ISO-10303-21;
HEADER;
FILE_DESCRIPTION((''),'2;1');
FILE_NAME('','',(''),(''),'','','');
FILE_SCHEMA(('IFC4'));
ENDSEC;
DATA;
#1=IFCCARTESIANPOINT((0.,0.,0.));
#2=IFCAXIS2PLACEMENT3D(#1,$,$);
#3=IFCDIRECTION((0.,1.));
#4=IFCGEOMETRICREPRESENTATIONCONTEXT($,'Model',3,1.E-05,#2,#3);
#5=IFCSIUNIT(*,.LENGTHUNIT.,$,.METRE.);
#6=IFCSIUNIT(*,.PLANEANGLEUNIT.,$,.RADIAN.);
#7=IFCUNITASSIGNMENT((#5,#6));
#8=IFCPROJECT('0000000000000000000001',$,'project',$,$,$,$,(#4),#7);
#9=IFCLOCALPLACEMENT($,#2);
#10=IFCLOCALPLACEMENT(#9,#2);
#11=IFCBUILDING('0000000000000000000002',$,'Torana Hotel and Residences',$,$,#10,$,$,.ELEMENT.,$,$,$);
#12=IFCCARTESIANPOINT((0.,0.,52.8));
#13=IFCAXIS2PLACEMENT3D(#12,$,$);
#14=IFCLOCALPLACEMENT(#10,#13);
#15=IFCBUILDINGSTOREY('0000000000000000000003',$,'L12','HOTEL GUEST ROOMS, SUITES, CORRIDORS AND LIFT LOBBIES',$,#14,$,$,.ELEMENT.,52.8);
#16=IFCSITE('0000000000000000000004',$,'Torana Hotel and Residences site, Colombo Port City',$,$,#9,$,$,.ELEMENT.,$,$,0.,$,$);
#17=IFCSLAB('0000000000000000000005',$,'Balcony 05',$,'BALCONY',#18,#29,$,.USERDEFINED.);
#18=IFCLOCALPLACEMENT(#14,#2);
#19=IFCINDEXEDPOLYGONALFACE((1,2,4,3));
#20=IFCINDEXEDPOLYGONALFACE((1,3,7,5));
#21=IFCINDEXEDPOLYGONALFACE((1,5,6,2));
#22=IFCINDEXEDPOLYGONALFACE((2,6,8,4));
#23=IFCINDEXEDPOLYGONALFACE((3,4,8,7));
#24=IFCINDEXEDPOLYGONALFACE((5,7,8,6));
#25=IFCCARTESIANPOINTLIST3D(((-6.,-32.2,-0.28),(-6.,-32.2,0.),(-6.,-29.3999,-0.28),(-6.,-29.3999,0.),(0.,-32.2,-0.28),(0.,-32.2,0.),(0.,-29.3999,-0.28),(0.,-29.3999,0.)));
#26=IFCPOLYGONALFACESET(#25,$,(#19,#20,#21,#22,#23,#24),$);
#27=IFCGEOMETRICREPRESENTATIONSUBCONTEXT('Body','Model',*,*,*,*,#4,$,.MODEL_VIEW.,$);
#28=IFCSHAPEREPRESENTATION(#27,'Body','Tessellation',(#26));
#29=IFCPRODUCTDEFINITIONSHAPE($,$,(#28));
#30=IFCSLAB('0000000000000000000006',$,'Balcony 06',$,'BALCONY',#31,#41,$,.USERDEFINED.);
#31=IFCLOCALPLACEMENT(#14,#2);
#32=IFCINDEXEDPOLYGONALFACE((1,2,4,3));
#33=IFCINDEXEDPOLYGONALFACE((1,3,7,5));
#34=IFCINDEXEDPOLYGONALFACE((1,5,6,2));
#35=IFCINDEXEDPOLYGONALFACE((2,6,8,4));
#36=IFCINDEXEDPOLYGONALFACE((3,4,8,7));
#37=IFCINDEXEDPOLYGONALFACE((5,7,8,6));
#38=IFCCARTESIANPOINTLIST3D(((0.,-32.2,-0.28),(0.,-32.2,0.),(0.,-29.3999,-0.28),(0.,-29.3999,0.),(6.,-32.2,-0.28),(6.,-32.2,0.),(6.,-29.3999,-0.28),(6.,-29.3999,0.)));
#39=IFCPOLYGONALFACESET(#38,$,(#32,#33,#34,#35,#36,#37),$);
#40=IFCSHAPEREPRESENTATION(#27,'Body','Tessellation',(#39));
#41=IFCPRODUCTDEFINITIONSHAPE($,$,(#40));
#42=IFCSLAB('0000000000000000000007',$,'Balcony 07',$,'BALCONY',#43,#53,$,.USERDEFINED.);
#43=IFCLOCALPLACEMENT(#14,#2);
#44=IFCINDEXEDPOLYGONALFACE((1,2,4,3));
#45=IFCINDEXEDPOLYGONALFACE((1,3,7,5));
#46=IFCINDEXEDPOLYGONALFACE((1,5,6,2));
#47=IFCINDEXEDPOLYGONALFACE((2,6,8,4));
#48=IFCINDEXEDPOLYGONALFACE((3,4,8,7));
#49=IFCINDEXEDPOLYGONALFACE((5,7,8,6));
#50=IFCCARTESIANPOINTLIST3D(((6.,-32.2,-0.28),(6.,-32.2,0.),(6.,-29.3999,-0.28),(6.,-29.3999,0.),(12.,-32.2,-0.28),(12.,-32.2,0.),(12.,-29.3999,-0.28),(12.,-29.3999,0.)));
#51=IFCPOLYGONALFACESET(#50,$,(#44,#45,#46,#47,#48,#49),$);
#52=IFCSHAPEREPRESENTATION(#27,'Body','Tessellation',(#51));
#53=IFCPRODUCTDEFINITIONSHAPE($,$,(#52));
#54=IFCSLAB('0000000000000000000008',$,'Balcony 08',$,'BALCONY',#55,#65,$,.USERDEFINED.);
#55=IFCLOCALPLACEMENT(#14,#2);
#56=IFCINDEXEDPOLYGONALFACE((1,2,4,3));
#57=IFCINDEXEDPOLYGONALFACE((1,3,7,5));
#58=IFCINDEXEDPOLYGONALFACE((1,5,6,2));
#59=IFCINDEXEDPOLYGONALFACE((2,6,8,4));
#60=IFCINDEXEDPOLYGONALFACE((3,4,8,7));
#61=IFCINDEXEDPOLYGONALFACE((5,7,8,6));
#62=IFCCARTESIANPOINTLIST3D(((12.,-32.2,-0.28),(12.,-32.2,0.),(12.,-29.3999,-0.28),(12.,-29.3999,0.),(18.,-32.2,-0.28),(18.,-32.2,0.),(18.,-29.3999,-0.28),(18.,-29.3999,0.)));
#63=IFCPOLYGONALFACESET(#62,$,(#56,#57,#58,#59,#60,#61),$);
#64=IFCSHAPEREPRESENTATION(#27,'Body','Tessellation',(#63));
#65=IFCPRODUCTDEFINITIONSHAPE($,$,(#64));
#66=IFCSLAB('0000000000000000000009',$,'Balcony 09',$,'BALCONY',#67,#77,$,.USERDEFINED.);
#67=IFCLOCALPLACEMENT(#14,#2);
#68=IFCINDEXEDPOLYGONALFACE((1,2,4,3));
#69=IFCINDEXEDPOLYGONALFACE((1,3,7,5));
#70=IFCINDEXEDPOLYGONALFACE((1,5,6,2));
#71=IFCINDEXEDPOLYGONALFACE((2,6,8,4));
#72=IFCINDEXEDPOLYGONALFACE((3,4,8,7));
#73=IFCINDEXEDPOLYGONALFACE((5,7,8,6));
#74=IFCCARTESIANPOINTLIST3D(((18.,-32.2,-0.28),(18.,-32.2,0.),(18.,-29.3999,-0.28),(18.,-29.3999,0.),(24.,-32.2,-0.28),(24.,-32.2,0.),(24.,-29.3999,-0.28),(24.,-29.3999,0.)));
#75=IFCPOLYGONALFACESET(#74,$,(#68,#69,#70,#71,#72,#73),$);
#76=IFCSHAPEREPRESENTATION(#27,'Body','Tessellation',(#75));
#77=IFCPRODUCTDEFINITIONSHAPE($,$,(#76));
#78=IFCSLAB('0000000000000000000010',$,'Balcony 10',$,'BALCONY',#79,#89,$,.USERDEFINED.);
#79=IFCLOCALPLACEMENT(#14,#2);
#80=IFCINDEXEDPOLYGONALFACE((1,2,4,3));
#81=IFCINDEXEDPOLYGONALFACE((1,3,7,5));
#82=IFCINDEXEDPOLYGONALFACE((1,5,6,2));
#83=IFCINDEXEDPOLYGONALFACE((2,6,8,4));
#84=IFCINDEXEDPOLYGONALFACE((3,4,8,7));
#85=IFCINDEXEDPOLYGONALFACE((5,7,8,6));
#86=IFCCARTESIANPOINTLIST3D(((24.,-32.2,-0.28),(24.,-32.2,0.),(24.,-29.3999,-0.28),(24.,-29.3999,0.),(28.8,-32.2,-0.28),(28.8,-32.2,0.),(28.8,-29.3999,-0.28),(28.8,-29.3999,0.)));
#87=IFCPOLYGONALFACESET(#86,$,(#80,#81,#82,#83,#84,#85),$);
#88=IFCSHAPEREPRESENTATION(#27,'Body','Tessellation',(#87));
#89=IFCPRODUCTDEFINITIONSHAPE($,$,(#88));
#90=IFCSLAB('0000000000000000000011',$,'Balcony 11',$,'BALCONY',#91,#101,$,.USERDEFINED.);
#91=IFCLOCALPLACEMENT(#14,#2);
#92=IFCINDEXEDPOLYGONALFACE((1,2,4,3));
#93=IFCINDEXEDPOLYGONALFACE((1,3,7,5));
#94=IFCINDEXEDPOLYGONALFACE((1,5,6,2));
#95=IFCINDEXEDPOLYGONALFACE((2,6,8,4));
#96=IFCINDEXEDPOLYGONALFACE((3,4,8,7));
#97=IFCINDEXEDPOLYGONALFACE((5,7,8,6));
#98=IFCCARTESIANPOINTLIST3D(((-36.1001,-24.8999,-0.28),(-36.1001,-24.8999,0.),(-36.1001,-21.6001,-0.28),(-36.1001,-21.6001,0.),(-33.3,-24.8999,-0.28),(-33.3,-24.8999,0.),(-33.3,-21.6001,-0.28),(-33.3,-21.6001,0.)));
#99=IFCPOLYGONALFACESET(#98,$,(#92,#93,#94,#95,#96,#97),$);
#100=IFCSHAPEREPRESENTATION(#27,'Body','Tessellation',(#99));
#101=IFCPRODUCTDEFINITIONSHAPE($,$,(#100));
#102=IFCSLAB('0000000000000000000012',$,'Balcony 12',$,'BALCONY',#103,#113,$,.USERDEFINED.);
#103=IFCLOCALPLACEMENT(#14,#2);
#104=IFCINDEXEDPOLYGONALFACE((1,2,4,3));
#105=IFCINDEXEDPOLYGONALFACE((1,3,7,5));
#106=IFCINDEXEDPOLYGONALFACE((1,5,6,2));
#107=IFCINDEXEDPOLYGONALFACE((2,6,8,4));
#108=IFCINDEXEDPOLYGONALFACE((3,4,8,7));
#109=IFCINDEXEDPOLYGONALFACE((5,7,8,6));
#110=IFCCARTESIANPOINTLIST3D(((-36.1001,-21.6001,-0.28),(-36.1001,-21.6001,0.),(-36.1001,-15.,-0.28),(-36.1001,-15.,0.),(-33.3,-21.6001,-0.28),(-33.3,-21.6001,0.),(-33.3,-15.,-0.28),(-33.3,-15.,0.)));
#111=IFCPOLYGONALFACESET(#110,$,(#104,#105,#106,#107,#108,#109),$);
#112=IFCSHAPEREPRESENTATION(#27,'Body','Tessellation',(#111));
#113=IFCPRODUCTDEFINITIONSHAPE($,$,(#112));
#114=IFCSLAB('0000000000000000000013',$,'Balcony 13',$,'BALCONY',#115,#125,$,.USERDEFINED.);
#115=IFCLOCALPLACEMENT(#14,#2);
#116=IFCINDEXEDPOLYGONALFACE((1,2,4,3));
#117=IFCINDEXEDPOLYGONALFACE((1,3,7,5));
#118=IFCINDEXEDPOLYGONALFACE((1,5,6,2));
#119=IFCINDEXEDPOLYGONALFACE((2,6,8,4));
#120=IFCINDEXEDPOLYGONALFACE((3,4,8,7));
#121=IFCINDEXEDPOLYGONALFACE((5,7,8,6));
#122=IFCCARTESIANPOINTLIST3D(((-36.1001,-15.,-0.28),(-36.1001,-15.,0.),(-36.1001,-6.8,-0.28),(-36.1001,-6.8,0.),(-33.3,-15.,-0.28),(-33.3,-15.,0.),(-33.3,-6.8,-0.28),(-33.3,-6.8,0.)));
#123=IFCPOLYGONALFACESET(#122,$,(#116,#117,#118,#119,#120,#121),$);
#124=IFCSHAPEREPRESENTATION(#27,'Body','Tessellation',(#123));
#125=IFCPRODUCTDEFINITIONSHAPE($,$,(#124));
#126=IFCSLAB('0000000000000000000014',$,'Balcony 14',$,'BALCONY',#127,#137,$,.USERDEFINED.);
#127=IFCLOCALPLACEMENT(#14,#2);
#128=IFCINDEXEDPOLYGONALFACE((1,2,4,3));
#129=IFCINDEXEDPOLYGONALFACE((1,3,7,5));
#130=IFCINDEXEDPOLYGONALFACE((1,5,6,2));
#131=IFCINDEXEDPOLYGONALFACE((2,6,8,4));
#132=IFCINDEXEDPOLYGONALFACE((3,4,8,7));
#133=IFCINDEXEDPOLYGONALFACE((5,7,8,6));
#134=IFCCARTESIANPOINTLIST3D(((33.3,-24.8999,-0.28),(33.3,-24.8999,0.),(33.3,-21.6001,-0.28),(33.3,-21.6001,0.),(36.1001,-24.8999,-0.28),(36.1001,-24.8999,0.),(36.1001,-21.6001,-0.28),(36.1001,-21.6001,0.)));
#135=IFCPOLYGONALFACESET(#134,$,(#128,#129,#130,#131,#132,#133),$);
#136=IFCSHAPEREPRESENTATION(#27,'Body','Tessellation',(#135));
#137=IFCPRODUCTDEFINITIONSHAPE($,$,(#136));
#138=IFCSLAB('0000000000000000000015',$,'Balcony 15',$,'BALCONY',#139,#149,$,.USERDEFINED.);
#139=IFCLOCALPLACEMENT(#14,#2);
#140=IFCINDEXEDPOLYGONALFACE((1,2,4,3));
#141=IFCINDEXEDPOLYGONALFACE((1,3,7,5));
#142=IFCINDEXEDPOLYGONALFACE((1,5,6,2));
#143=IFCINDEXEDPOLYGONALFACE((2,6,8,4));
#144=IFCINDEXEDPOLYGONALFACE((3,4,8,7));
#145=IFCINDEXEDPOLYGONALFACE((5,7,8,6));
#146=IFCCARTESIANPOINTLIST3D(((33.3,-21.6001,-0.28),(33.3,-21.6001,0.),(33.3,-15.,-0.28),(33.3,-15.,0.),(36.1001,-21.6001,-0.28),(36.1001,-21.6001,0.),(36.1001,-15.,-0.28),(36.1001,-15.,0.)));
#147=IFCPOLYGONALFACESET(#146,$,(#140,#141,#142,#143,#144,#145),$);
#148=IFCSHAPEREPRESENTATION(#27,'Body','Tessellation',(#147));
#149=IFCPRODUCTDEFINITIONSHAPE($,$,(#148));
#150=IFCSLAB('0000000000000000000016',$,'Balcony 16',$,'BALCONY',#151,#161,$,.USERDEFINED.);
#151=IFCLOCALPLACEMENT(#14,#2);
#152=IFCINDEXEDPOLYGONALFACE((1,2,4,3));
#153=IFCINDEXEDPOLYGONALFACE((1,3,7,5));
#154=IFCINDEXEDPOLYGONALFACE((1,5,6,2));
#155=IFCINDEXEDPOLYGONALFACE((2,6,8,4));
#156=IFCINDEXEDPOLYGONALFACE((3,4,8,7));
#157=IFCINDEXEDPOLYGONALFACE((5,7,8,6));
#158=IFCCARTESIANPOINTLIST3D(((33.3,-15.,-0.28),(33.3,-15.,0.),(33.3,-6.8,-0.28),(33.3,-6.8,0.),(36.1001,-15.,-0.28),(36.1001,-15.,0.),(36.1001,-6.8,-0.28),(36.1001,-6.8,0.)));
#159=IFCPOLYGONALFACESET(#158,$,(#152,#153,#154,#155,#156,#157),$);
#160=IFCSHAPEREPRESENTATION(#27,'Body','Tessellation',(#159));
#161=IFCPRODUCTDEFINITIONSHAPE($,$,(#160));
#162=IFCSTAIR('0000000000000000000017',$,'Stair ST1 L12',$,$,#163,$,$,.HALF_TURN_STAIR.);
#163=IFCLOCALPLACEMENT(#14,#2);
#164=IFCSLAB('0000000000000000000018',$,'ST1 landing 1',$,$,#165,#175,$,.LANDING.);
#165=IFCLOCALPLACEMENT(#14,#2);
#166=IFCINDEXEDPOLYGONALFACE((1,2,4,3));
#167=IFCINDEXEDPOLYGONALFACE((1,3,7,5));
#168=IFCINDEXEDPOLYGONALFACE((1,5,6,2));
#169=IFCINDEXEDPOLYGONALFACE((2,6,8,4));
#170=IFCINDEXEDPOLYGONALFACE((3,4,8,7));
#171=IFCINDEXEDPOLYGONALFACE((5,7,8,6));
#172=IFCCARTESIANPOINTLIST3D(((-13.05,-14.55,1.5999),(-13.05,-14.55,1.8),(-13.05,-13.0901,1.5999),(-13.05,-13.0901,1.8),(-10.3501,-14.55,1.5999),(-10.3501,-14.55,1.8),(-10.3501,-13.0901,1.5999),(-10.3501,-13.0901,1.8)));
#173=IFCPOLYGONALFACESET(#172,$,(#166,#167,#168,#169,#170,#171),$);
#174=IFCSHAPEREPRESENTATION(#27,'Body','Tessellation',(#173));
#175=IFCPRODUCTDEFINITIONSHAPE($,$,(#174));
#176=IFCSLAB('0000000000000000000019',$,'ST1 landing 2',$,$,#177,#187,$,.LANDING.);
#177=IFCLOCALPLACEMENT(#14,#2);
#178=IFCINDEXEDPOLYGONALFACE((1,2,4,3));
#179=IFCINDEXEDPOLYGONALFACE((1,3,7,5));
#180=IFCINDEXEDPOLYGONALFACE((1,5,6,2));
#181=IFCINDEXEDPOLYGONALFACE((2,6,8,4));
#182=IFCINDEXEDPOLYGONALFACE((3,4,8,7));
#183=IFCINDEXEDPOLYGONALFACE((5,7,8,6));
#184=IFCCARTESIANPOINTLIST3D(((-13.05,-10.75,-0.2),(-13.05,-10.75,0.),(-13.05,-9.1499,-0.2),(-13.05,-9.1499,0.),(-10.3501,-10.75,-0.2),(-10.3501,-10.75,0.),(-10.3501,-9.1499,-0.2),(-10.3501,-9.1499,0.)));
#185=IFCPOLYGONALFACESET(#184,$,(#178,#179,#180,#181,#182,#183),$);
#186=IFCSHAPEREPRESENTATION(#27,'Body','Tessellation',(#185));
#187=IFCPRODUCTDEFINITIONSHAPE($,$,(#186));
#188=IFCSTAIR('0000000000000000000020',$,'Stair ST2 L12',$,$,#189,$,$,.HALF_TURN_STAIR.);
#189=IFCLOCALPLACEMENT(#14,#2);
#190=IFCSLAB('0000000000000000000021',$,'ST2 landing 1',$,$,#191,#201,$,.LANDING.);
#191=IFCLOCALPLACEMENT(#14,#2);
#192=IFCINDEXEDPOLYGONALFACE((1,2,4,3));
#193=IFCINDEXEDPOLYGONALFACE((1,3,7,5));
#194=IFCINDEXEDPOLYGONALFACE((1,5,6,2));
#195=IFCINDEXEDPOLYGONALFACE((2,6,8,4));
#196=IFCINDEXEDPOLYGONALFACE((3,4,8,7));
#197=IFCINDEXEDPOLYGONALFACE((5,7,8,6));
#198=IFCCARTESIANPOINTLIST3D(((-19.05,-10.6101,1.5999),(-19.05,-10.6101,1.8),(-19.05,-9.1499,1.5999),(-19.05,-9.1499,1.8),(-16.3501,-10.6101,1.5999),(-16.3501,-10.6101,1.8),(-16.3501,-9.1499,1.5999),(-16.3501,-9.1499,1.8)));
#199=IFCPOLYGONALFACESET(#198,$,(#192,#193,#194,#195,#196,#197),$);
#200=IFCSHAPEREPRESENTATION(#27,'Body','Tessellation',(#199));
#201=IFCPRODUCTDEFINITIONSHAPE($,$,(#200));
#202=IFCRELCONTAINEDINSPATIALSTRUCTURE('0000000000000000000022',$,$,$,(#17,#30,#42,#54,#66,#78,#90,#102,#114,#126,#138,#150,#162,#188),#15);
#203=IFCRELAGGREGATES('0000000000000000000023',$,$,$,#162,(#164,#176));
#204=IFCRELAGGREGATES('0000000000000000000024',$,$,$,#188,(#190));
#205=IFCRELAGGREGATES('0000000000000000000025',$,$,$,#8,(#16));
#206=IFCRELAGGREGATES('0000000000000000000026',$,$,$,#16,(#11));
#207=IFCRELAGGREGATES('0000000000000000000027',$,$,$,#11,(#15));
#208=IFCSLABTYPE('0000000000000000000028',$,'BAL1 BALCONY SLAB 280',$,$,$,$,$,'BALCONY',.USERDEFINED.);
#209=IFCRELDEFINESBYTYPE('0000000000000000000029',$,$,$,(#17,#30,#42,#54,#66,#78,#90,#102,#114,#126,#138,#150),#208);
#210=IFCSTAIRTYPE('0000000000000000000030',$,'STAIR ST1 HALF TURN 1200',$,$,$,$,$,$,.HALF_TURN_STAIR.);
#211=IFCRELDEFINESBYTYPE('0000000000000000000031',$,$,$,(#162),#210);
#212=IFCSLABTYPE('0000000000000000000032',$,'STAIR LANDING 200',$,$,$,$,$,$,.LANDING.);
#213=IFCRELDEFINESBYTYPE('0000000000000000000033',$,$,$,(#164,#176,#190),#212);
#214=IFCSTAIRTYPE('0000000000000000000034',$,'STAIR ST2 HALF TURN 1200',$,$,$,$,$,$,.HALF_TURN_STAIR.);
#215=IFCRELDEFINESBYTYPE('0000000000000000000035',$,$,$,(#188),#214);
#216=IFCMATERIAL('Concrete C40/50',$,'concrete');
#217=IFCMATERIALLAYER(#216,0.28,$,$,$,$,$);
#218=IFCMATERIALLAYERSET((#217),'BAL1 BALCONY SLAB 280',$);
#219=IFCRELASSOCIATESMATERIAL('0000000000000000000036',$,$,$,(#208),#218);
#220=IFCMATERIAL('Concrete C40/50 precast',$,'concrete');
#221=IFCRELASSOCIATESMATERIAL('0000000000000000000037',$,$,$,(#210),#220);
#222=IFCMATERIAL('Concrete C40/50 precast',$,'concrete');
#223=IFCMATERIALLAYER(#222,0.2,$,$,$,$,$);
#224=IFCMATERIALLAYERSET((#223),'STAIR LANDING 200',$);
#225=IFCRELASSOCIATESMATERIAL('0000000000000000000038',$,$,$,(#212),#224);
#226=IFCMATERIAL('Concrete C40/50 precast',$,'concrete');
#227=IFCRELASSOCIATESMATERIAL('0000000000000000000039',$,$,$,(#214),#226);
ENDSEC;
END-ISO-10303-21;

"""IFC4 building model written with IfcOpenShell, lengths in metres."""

from ifc_helpers import new_model, si_unit, direction, frame, origin, place, context, subcontext, project, spatial, polyline, outline, extrude, material, layer, layer_set, type_object, element, aggregate, save


model = new_model("IFC4")

# Units and contexts
model_context = context("Model", 3, precision=1e-05, world=origin(), true_north=direction((0.0, 1.0)))
body_context = subcontext(model_context, "Body", "Model", "MODEL_VIEW")
ifc_project = project(units=[si_unit("LENGTHUNIT", "METRE"), si_unit("PLANEANGLEUNIT", "RADIAN")], contexts=[model_context])

# Site, building, storey
site_placement = place(None, origin())
site = spatial("IfcSite", under=ifc_project, at=site_placement, Name="Torana Hotel and Residences site, Colombo Port City", CompositionType="ELEMENT", RefElevation=0.0)
building_placement = place(site_placement, origin())
building = spatial("IfcBuilding", under=site, at=building_placement, Name="Torana Hotel and Residences", CompositionType="ELEMENT")
storey_placement = place(building_placement, frame((0.0, 0.0, 52.8)))
storey = spatial("IfcBuildingStorey", under=building, at=storey_placement, Name="L12", Description="HOTEL GUEST ROOMS, SUITES, CORRIDORS AND LIFT LOBBIES", CompositionType="ELEMENT", Elevation=52.8)

# Slabs
ifc_material_1 = material(Name="Concrete C40/50", Category="concrete")
ifc_layer_1 = layer(ifc_material_1, 0.28)
ifc_layer_set_1 = layer_set([ifc_layer_1], Name="BAL1 BALCONY SLAB 280")
slab_type_1 = type_object("IfcSlabType", Name="BAL1 BALCONY SLAB 280", ElementType="BALCONY", PredefinedType="USERDEFINED", material=ifc_layer_set_1)
slab_1_placement = place(storey_placement, frame((0.0, 0.0, -0.28)))
element("IfcSlab", 1, at=slab_1_placement, inside=storey, type_object=slab_type_1, Name="Balcony 05", ObjectType="BALCONY", PredefinedType="USERDEFINED", context=body_context, shape_type="SweptSolid", body=[
    extrude(outline(polyline([(-6.0, -32.2), (0.0, -32.2), (0.0, -29.3999), (-6.0, -29.3999), (-6.0, -32.2)])), origin(), (0.0, 0.0, 1.0), 0.28),
])
slab_2_placement = place(storey_placement, frame((0.0, 0.0, -0.28)))
element("IfcSlab", 2, at=slab_2_placement, inside=storey, type_object=slab_type_1, Name="Balcony 06", ObjectType="BALCONY", PredefinedType="USERDEFINED", context=body_context, shape_type="SweptSolid", body=[
    extrude(outline(polyline([(0.0, -32.2), (6.0, -32.2), (6.0, -29.3999), (0.0, -29.3999), (0.0, -32.2)])), origin(), (0.0, 0.0, 1.0), 0.28),
])
slab_3_placement = place(storey_placement, frame((0.0, 0.0, -0.28)))
element("IfcSlab", 3, at=slab_3_placement, inside=storey, type_object=slab_type_1, Name="Balcony 07", ObjectType="BALCONY", PredefinedType="USERDEFINED", context=body_context, shape_type="SweptSolid", body=[
    extrude(outline(polyline([(6.0, -32.2), (12.0, -32.2), (12.0, -29.3999), (6.0, -29.3999), (6.0, -32.2)])), origin(), (0.0, 0.0, 1.0), 0.28),
])
slab_4_placement = place(storey_placement, frame((0.0, 0.0, -0.28)))
element("IfcSlab", 4, at=slab_4_placement, inside=storey, type_object=slab_type_1, Name="Balcony 08", ObjectType="BALCONY", PredefinedType="USERDEFINED", context=body_context, shape_type="SweptSolid", body=[
    extrude(outline(polyline([(12.0, -32.2), (18.0, -32.2), (18.0, -29.3999), (12.0, -29.3999), (12.0, -32.2)])), origin(), (0.0, 0.0, 1.0), 0.28),
])
slab_5_placement = place(storey_placement, frame((0.0, 0.0, -0.28)))
element("IfcSlab", 5, at=slab_5_placement, inside=storey, type_object=slab_type_1, Name="Balcony 09", ObjectType="BALCONY", PredefinedType="USERDEFINED", context=body_context, shape_type="SweptSolid", body=[
    extrude(outline(polyline([(18.0, -32.2), (24.0, -32.2), (24.0, -29.3999), (18.0, -29.3999), (18.0, -32.2)])), origin(), (0.0, 0.0, 1.0), 0.28),
])
slab_6_placement = place(storey_placement, frame((0.0, 0.0, -0.28)))
element("IfcSlab", 6, at=slab_6_placement, inside=storey, type_object=slab_type_1, Name="Balcony 10", ObjectType="BALCONY", PredefinedType="USERDEFINED", context=body_context, shape_type="SweptSolid", body=[
    extrude(outline(polyline([(24.0, -32.2), (28.8, -32.2), (28.8, -29.3999), (24.0, -29.3999), (24.0, -32.2)])), origin(), (0.0, 0.0, 1.0), 0.28),
])
slab_7_placement = place(storey_placement, frame((0.0, 0.0, -0.28)))
element("IfcSlab", 7, at=slab_7_placement, inside=storey, type_object=slab_type_1, Name="Balcony 11", ObjectType="BALCONY", PredefinedType="USERDEFINED", context=body_context, shape_type="SweptSolid", body=[
    extrude(outline(polyline([(-36.1001, -24.8999), (-33.3, -24.8999), (-33.3, -21.6001), (-36.1001, -21.6001), (-36.1001, -24.8999)])), origin(), (0.0, 0.0, 1.0), 0.28),
])
slab_8_placement = place(storey_placement, frame((0.0, 0.0, -0.28)))
element("IfcSlab", 8, at=slab_8_placement, inside=storey, type_object=slab_type_1, Name="Balcony 12", ObjectType="BALCONY", PredefinedType="USERDEFINED", context=body_context, shape_type="SweptSolid", body=[
    extrude(outline(polyline([(-36.1001, -21.6001), (-33.3, -21.6001), (-33.3, -15.0), (-36.1001, -15.0), (-36.1001, -21.6001)])), origin(), (0.0, 0.0, 1.0), 0.28),
])
slab_9_placement = place(storey_placement, frame((0.0, 0.0, -0.28)))
element("IfcSlab", 9, at=slab_9_placement, inside=storey, type_object=slab_type_1, Name="Balcony 13", ObjectType="BALCONY", PredefinedType="USERDEFINED", context=body_context, shape_type="SweptSolid", body=[
    extrude(outline(polyline([(-36.1001, -15.0), (-33.3, -15.0), (-33.3, -6.8), (-36.1001, -6.8), (-36.1001, -15.0)])), origin(), (0.0, 0.0, 1.0), 0.28),
])
slab_10_placement = place(storey_placement, frame((0.0, 0.0, -0.28)))
element("IfcSlab", 10, at=slab_10_placement, inside=storey, type_object=slab_type_1, Name="Balcony 14", ObjectType="BALCONY", PredefinedType="USERDEFINED", context=body_context, shape_type="SweptSolid", body=[
    extrude(outline(polyline([(33.3, -24.8999), (36.1001, -24.8999), (36.1001, -21.6001), (33.3, -21.6001), (33.3, -24.8999)])), origin(), (0.0, 0.0, 1.0), 0.28),
])
slab_11_placement = place(storey_placement, frame((0.0, 0.0, -0.28)))
element("IfcSlab", 11, at=slab_11_placement, inside=storey, type_object=slab_type_1, Name="Balcony 15", ObjectType="BALCONY", PredefinedType="USERDEFINED", context=body_context, shape_type="SweptSolid", body=[
    extrude(outline(polyline([(33.3, -21.6001), (36.1001, -21.6001), (36.1001, -15.0), (33.3, -15.0), (33.3, -21.6001)])), origin(), (0.0, 0.0, 1.0), 0.28),
])
slab_12_placement = place(storey_placement, frame((0.0, 0.0, -0.28)))
element("IfcSlab", 12, at=slab_12_placement, inside=storey, type_object=slab_type_1, Name="Balcony 16", ObjectType="BALCONY", PredefinedType="USERDEFINED", context=body_context, shape_type="SweptSolid", body=[
    extrude(outline(polyline([(33.3, -15.0), (36.1001, -15.0), (36.1001, -6.8), (33.3, -6.8), (33.3, -15.0)])), origin(), (0.0, 0.0, 1.0), 0.28),
])

# Stairs, slabs
ifc_material_2 = material(Name="Concrete C40/50 precast", Category="concrete")
stair_type_1 = type_object("IfcStairType", Name="STAIR ST1 HALF TURN 1200", PredefinedType="HALF_TURN_STAIR", material=ifc_material_2)
stair_1_placement = place(storey_placement, origin())
stair_1 = element("IfcStair", 13, at=stair_1_placement, inside=storey, type_object=stair_type_1, Name="Stair ST1 L12", PredefinedType="HALF_TURN_STAIR")
ifc_material_3 = material(Name="Concrete C40/50 precast", Category="concrete")
ifc_layer_2 = layer(ifc_material_3, 0.2)
ifc_layer_set_2 = layer_set([ifc_layer_2], Name="STAIR LANDING 200")
slab_type_2 = type_object("IfcSlabType", Name="STAIR LANDING 200", PredefinedType="LANDING", material=ifc_layer_set_2)
slab_13_placement = place(storey_placement, frame((0.0, 0.0, 1.5999)))
slab_13 = element("IfcSlab", 14, at=slab_13_placement, type_object=slab_type_2, Name="ST1 landing 1", PredefinedType="LANDING", context=body_context, shape_type="SweptSolid", body=[
    extrude(outline(polyline([(-13.05, -14.55), (-10.3501, -14.55), (-10.3501, -13.0901), (-13.05, -13.0901), (-13.05, -14.55)])), origin(), (0.0, 0.0, 1.0), 0.2002),
])
slab_14_placement = place(storey_placement, frame((0.0, 0.0, -0.2)))
slab_14 = element("IfcSlab", 15, at=slab_14_placement, type_object=slab_type_2, Name="ST1 landing 2", PredefinedType="LANDING", context=body_context, shape_type="SweptSolid", body=[
    extrude(outline(polyline([(-13.05, -10.75), (-10.3501, -10.75), (-10.3501, -9.1499), (-13.05, -9.1499), (-13.05, -10.75)])), origin(), (0.0, 0.0, 1.0), 0.2),
])
aggregate(stair_1, [slab_13, slab_14])
ifc_material_4 = material(Name="Concrete C40/50 precast", Category="concrete")
stair_type_2 = type_object("IfcStairType", Name="STAIR ST2 HALF TURN 1200", PredefinedType="HALF_TURN_STAIR", material=ifc_material_4)
stair_2_placement = place(storey_placement, origin())
stair_2 = element("IfcStair", 16, at=stair_2_placement, inside=storey, type_object=stair_type_2, Name="Stair ST2 L12", PredefinedType="HALF_TURN_STAIR")
slab_15_placement = place(storey_placement, frame((0.0, 0.0, 1.5999)))
slab_15 = element("IfcSlab", 17, at=slab_15_placement, type_object=slab_type_2, Name="ST2 landing 1", PredefinedType="LANDING", context=body_context, shape_type="SweptSolid", body=[
    extrude(outline(polyline([(-19.05, -10.6101), (-16.3501, -10.6101), (-16.3501, -9.1499), (-19.05, -9.1499), (-19.05, -10.6101)])), origin(), (0.0, 0.0, 1.0), 0.2002),
])
aggregate(stair_2, [slab_15])

save(model, "model.ifc")
